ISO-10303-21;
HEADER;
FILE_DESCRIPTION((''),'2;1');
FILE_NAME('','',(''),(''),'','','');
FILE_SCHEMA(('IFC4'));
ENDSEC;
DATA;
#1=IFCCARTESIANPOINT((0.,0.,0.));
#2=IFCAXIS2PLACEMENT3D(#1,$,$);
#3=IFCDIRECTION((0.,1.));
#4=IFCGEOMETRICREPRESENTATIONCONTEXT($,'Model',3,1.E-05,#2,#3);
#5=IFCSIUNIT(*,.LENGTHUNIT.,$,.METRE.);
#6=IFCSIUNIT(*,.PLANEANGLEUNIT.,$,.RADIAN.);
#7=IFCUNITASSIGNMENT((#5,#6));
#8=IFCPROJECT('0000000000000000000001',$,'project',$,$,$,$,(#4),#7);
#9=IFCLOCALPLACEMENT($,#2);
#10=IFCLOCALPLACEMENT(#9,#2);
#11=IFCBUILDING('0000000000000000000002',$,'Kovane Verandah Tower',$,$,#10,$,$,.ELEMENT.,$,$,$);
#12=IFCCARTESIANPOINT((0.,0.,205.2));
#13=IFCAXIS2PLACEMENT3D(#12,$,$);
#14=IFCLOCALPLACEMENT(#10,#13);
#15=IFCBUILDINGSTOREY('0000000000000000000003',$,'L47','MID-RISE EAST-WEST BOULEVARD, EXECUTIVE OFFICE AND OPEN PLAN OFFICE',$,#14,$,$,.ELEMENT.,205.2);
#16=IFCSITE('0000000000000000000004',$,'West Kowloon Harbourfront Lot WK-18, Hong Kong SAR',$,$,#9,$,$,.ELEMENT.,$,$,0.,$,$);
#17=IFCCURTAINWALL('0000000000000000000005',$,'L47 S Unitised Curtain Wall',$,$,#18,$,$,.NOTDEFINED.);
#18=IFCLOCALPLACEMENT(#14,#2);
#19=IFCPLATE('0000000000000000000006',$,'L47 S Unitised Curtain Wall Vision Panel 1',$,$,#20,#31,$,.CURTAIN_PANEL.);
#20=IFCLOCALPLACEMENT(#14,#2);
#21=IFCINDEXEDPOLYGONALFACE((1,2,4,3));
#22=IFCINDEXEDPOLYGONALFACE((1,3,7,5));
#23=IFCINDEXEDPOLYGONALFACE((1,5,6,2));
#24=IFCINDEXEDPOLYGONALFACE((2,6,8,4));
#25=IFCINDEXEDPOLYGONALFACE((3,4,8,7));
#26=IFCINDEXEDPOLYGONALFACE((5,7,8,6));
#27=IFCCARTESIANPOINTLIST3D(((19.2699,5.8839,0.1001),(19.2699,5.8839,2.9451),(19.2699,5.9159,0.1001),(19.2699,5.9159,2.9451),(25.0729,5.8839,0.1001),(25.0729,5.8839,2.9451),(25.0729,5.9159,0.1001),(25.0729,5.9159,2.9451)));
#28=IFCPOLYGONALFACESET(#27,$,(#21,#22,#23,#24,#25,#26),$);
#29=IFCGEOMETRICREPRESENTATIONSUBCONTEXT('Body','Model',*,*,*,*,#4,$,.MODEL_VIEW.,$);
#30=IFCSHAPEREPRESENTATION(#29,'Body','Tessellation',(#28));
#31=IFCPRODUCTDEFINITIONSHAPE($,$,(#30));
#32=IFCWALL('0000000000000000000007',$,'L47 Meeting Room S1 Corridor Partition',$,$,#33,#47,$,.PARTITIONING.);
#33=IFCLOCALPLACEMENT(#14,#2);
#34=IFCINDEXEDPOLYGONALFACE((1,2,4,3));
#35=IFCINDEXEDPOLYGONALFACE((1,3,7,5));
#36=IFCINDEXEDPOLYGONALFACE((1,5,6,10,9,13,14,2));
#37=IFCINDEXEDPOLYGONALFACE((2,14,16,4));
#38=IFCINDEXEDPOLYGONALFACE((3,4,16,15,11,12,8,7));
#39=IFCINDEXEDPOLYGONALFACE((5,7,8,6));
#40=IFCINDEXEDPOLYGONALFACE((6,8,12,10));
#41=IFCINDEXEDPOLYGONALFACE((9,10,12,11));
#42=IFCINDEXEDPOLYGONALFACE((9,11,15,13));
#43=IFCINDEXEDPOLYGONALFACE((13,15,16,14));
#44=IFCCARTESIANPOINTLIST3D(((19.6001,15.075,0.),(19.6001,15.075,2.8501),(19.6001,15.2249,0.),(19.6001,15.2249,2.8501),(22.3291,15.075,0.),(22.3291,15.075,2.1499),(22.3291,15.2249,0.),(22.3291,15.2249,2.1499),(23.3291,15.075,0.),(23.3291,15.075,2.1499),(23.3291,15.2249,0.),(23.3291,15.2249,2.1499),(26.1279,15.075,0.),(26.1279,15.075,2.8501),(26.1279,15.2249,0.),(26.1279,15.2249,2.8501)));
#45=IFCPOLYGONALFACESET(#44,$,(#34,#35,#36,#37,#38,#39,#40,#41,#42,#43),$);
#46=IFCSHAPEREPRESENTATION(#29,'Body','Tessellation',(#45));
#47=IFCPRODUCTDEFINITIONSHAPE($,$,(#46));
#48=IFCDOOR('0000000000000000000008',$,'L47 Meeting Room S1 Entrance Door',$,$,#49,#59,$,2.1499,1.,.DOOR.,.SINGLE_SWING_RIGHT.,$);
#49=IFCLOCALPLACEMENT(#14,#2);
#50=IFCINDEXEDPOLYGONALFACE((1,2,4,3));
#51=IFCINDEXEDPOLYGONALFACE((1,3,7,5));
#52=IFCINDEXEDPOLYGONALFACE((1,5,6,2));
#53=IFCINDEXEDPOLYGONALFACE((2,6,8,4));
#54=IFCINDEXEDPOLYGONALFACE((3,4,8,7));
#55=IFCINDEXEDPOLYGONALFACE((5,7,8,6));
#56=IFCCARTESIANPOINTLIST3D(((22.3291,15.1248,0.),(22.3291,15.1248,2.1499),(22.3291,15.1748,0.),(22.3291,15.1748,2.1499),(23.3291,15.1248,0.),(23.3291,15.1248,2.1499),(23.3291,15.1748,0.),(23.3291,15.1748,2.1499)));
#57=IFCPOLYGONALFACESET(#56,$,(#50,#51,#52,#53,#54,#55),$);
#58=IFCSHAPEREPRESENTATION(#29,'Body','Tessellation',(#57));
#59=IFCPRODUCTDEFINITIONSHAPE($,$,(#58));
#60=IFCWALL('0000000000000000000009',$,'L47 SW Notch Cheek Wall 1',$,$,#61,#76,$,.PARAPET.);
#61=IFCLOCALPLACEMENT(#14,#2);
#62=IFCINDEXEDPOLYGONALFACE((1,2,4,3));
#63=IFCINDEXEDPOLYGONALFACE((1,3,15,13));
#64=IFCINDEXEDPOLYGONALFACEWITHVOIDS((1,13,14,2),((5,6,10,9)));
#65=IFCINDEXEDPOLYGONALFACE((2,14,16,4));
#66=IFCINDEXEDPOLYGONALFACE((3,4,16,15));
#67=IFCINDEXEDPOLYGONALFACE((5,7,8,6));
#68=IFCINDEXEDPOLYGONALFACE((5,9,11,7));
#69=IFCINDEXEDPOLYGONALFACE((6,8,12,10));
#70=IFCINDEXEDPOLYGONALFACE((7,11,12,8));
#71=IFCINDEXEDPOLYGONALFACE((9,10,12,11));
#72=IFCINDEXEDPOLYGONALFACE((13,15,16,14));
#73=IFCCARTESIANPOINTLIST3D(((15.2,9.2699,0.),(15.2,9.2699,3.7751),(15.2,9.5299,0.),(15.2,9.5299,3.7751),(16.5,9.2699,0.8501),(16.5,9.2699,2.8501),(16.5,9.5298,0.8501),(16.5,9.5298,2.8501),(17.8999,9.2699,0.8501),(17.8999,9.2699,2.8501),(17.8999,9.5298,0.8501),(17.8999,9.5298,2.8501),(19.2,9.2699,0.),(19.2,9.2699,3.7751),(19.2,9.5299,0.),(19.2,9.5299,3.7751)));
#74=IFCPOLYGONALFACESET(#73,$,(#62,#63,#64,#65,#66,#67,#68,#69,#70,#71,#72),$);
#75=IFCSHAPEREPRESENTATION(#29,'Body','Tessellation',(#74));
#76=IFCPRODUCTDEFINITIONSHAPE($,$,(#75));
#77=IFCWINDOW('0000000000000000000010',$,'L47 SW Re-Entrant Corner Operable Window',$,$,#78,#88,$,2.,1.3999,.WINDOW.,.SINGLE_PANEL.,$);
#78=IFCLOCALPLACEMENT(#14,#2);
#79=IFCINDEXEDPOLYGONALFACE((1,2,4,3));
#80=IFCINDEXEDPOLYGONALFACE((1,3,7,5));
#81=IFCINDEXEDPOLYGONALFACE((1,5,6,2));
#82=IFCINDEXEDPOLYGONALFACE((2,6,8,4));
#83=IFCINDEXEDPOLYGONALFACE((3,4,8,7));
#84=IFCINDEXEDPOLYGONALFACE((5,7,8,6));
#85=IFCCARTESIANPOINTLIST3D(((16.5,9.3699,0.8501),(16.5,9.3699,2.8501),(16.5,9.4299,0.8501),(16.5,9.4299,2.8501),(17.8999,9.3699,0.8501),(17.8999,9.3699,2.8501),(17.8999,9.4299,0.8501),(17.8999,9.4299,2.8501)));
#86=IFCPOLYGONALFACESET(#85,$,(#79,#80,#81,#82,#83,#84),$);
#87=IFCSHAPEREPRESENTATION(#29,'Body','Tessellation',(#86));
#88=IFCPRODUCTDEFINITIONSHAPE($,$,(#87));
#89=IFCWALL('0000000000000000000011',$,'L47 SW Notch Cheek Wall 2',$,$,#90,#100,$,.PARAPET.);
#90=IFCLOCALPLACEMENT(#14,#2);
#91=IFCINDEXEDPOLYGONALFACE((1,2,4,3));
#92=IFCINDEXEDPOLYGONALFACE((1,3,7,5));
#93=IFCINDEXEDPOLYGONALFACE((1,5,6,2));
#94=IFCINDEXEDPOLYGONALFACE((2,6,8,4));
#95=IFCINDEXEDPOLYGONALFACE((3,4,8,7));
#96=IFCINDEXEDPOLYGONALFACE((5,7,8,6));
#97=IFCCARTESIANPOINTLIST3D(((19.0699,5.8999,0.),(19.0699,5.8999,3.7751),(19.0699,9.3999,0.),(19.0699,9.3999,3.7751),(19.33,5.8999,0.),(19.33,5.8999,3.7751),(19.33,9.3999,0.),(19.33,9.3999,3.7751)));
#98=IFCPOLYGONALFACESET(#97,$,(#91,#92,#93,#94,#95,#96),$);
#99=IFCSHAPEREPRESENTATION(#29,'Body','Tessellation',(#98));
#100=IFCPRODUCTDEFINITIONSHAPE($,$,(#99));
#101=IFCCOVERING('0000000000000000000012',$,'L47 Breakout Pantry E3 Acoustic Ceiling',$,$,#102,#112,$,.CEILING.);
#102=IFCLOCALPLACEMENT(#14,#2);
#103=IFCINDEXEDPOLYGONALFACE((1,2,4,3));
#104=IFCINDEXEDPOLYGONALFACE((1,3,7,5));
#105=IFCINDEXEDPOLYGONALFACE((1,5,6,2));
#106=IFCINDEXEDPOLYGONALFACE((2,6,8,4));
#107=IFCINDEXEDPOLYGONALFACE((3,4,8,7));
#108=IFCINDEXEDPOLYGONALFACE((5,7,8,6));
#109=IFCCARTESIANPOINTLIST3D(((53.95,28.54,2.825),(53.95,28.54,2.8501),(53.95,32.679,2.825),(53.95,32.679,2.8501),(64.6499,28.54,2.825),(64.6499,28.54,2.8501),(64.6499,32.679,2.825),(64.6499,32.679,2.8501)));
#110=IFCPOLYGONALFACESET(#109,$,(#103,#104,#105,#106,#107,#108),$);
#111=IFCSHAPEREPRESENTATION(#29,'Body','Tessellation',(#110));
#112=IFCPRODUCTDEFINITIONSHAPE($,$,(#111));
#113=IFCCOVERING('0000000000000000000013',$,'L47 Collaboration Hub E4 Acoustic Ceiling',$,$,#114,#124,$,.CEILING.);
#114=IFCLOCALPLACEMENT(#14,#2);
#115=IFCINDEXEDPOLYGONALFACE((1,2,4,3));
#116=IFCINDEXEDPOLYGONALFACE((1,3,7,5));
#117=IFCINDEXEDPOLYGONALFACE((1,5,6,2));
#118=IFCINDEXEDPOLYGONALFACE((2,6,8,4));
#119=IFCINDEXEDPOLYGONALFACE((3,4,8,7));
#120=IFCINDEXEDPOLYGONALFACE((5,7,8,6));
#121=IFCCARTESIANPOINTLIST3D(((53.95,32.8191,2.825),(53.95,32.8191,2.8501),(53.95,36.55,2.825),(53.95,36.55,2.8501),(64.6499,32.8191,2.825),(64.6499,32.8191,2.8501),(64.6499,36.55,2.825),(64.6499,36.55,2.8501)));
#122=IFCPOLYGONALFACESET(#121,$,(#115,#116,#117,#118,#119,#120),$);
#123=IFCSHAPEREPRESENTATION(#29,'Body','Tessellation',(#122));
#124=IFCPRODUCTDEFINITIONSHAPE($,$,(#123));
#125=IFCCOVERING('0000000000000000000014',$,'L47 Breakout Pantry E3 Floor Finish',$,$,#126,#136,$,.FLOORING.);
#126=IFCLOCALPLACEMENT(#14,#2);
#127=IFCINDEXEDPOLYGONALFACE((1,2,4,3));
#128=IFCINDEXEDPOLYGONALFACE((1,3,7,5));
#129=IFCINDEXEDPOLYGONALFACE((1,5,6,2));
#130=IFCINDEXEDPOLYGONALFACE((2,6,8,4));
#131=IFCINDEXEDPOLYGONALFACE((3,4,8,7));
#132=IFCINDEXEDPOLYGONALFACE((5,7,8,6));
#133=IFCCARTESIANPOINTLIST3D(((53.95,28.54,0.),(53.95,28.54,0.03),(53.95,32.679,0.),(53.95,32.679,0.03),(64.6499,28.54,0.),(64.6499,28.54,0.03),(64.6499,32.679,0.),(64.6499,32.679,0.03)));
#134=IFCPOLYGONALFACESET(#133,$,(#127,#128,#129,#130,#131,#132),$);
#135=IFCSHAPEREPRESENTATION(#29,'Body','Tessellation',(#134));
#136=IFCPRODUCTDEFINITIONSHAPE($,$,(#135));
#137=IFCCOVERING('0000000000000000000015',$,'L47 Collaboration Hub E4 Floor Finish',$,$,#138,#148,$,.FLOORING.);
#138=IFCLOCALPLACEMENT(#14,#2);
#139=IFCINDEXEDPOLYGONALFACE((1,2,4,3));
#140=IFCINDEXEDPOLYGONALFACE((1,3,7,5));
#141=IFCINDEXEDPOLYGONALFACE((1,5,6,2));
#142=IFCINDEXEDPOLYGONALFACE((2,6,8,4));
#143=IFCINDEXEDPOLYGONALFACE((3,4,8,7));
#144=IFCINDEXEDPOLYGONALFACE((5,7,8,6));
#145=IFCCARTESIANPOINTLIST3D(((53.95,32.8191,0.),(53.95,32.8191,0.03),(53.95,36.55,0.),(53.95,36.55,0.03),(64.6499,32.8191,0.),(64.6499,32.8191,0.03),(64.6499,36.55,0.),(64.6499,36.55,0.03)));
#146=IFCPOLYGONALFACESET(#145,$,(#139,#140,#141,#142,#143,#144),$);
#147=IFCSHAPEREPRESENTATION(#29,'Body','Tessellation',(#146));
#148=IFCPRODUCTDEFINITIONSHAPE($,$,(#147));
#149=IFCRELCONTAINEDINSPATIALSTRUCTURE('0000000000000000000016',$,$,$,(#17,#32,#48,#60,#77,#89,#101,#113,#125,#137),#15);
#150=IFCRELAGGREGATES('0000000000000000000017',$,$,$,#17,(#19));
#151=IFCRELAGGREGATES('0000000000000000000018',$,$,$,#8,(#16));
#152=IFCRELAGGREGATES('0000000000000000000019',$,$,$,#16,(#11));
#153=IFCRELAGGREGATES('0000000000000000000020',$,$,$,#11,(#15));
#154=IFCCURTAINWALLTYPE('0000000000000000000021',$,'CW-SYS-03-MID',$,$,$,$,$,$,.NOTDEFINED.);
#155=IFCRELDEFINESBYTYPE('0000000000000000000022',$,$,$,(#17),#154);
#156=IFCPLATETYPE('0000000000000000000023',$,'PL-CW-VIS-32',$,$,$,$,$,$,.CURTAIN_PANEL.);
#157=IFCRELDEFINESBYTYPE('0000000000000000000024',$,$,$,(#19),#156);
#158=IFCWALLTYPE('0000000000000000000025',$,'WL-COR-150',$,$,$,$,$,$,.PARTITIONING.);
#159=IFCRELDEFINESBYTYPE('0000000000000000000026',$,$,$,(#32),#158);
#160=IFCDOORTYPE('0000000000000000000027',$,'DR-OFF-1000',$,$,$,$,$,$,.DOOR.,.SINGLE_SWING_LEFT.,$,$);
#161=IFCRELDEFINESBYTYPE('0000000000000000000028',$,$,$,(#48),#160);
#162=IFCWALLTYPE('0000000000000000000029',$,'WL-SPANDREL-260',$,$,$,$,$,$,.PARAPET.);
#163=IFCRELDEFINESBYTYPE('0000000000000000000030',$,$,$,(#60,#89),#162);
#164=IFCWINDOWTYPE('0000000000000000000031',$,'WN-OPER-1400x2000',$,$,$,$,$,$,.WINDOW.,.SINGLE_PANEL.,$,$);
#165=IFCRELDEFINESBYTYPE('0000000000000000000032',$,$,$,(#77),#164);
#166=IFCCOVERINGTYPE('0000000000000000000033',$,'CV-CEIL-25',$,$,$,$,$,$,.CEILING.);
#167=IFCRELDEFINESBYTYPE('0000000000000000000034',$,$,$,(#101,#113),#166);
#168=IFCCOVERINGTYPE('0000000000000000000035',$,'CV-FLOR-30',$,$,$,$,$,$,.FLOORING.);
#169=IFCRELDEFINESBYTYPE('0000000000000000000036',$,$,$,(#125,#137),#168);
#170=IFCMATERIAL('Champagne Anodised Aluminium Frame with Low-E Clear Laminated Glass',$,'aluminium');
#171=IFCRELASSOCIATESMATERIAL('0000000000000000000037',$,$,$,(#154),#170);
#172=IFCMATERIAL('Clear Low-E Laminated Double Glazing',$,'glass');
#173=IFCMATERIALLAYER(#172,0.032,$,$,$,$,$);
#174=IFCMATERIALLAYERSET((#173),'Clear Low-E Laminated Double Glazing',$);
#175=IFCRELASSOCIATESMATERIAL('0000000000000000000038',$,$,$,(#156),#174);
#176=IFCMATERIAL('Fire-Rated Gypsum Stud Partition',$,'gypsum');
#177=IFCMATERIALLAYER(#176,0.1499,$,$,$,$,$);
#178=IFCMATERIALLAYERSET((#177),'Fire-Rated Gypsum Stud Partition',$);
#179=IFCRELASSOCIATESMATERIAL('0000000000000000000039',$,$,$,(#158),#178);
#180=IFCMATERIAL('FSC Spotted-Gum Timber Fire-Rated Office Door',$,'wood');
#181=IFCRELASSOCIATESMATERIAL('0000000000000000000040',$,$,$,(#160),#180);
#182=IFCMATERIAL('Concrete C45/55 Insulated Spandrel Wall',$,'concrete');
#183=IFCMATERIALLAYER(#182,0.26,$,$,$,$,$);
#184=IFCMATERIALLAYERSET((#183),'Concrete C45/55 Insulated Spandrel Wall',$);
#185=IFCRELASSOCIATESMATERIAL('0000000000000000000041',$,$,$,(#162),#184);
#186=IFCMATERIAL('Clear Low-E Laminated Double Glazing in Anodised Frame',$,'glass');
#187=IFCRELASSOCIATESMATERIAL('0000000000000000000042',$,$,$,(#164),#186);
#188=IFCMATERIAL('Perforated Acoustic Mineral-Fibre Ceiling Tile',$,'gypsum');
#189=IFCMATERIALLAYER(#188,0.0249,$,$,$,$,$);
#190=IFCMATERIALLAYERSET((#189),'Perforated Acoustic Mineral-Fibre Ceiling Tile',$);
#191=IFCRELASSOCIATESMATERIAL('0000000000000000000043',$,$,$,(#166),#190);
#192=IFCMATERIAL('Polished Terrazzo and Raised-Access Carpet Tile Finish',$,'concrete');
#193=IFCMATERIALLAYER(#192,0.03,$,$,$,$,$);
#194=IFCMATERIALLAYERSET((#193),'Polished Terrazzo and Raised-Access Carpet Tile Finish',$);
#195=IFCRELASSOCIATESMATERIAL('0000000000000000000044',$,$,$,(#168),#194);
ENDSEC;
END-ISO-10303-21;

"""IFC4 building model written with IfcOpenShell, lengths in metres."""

from ifc_helpers import new_model, si_unit, direction, frame, frame_2d, origin, origin_2d, place, context, subcontext, project, spatial, polyline, rectangle, outline, extrude, material, layer, layer_set, type_object, element, fill, aggregate, save


model = new_model("IFC4")

# Units and contexts
model_context = context("Model", 3, precision=1e-05, world=origin(), true_north=direction((0.0, 1.0)))
body_context = subcontext(model_context, "Body", "Model", "MODEL_VIEW")
ifc_project = project(units=[si_unit("LENGTHUNIT", "METRE"), si_unit("PLANEANGLEUNIT", "RADIAN")], contexts=[model_context])

# Site, building, storey
site_placement = place(None, origin())
site = spatial("IfcSite", under=ifc_project, at=site_placement, Name="West Kowloon Harbourfront Lot WK-18, Hong Kong SAR", CompositionType="ELEMENT", RefElevation=0.0)
building_placement = place(site_placement, origin())
building = spatial("IfcBuilding", under=site, at=building_placement, Name="Kovane Verandah Tower", CompositionType="ELEMENT")
storey_placement = place(building_placement, frame((0.0, 0.0, 205.2)))
storey = spatial("IfcBuildingStorey", under=building, at=storey_placement, Name="L47", Description="MID-RISE EAST-WEST BOULEVARD, EXECUTIVE OFFICE AND OPEN PLAN OFFICE", CompositionType="ELEMENT", Elevation=205.2)

# Curtain wall
ifc_material_1 = material(Name="Champagne Anodised Aluminium Frame with Low-E Clear Laminated Glass", Category="aluminium")
curtain_wall_type = type_object("IfcCurtainWallType", Name="CW-SYS-03-MID", PredefinedType="NOTDEFINED", material=ifc_material_1)
curtain_wall_placement = place(storey_placement, origin())
curtain_wall = element("IfcCurtainWall", 1, at=curtain_wall_placement, inside=storey, type_object=curtain_wall_type, Name="L47 S Unitised Curtain Wall", PredefinedType="NOTDEFINED")

# Plate
ifc_material_2 = material(Name="Clear Low-E Laminated Double Glazing", Category="glass")
ifc_layer_1 = layer(ifc_material_2, 0.032)
ifc_layer_set_1 = layer_set([ifc_layer_1], Name="Clear Low-E Laminated Double Glazing")
plate_type_1 = type_object("IfcPlateType", Name="PL-CW-VIS-32", PredefinedType="CURTAIN_PANEL", material=ifc_layer_set_1)
plate_1_placement = place(storey_placement, frame((22.1714, 5.8999, 0.1001), z_axis=(0.0, 0.0, 1.0), x_axis=(1.0, 0.0, 0.0)))
plate_1 = element("IfcPlate", 2, at=plate_1_placement, type_object=plate_type_1, Name="L47 S Unitised Curtain Wall Vision Panel 1", PredefinedType="CURTAIN_PANEL", context=body_context, shape_type="SweptSolid", body=[
    extrude(rectangle(XDim=5.803, YDim=0.032, at=origin_2d()), origin(), (0.0, 0.0, 1.0), 2.845),
])
aggregate(curtain_wall, [plate_1])

# Wall, opening, door
ifc_material_3 = material(Name="Fire-Rated Gypsum Stud Partition", Category="gypsum")
ifc_layer_2 = layer(ifc_material_3, 0.1499)
ifc_layer_set_2 = layer_set([ifc_layer_2], Name="Fire-Rated Gypsum Stud Partition")
wall_type_1 = type_object("IfcWallType", Name="WL-COR-150", PredefinedType="PARTITIONING", material=ifc_layer_set_2)
wall_1_placement = place(storey_placement, frame((19.6001, 15.1499, 0.0), z_axis=(0.0, 0.0, 1.0), x_axis=(1.0, 0.0, 0.0)))
wall_1 = element("IfcWall", 3, at=wall_1_placement, inside=storey, type_object=wall_type_1, Name="L47 Meeting Room S1 Corridor Partition", PredefinedType="PARTITIONING", context=body_context, shape_type="SweptSolid", body=[
    extrude(rectangle(XDim=6.5278, YDim=0.1499, at=frame_2d((3.2639, 0.0))), origin(), (0.0, 0.0, 1.0), 2.8501),
])
opening_1_placement = place(wall_1_placement, frame((2.729, 0.0, 0.0)))
opening_1 = element("IfcOpeningElement", 4, at=opening_1_placement, cuts=wall_1, PredefinedType="OPENING", context=body_context, shape_type="SweptSolid", body=[
    extrude(rectangle(XDim=1.0, YDim=2.1499, at=frame_2d((0.5, 1.075))), frame((0.0, 0.075, 0.0), z_axis=(0.0, -1.0, 0.0), x_axis=(1.0, 0.0, 0.0)), (0.0, 0.0, 1.0), 0.1499),
])
ifc_material_4 = material(Name="FSC Spotted-Gum Timber Fire-Rated Office Door", Category="wood")
door_type = type_object("IfcDoorType", Name="DR-OFF-1000", OperationType="SINGLE_SWING_LEFT", PredefinedType="DOOR", material=ifc_material_4)
door_placement = place(opening_1_placement, origin())
door = element("IfcDoor", 5, at=door_placement, inside=storey, type_object=door_type, Name="L47 Meeting Room S1 Entrance Door", OperationType="SINGLE_SWING_RIGHT", OverallHeight=2.1499, OverallWidth=1.0, PredefinedType="DOOR", context=body_context, shape_type="SweptSolid", body=[
    extrude(rectangle(XDim=1.0, YDim=2.1499, at=frame_2d((0.5, 1.075))), frame((0.0, 0.0249, 0.0), z_axis=(0.0, -1.0, 0.0), x_axis=(1.0, 0.0, 0.0)), (0.0, 0.0, 1.0), 0.05),
])
fill(opening_1, door)

# Wall, opening, window
ifc_material_5 = material(Name="Concrete C45/55 Insulated Spandrel Wall", Category="concrete")
ifc_layer_3 = layer(ifc_material_5, 0.26)
ifc_layer_set_3 = layer_set([ifc_layer_3], Name="Concrete C45/55 Insulated Spandrel Wall")
wall_type_2 = type_object("IfcWallType", Name="WL-SPANDREL-260", PredefinedType="PARAPET", material=ifc_layer_set_3)
wall_2_placement = place(storey_placement, frame((15.2, 9.3999, 0.0), z_axis=(0.0, 0.0, 1.0), x_axis=(1.0, 0.0, 0.0)))
wall_2 = element("IfcWall", 6, at=wall_2_placement, inside=storey, type_object=wall_type_2, Name="L47 SW Notch Cheek Wall 1", PredefinedType="PARAPET", context=body_context, shape_type="SweptSolid", body=[
    extrude(rectangle(XDim=4.0, YDim=0.26, at=frame_2d((2.0, 0.0))), origin(), (0.0, 0.0, 1.0), 3.7751),
])
opening_2_placement = place(wall_2_placement, frame((1.3, 0.0, 0.8501)))
opening_2 = element("IfcOpeningElement", 7, at=opening_2_placement, cuts=wall_2, PredefinedType="OPENING", context=body_context, shape_type="SweptSolid", body=[
    extrude(rectangle(XDim=1.3999, YDim=2.0, at=frame_2d((0.7, 1.0))), frame((0.0, 0.1299, 0.0), z_axis=(0.0, -1.0, 0.0), x_axis=(1.0, 0.0, 0.0)), (0.0, 0.0, 1.0), 0.26),
])
ifc_material_6 = material(Name="Clear Low-E Laminated Double Glazing in Anodised Frame", Category="glass")
window_type = type_object("IfcWindowType", Name="WN-OPER-1400x2000", PartitioningType="SINGLE_PANEL", PredefinedType="WINDOW", material=ifc_material_6)
window_placement = place(opening_2_placement, origin())
window = element("IfcWindow", 8, at=window_placement, inside=storey, type_object=window_type, Name="L47 SW Re-Entrant Corner Operable Window", OverallHeight=2.0, OverallWidth=1.3999, PartitioningType="SINGLE_PANEL", PredefinedType="WINDOW", context=body_context, shape_type="SweptSolid", body=[
    extrude(rectangle(XDim=1.3999, YDim=2.0, at=frame_2d((0.7, 1.0))), frame((0.0, 0.03, 0.0), z_axis=(0.0, -1.0, 0.0), x_axis=(1.0, 0.0, 0.0)), (0.0, 0.0, 1.0), 0.0601),
])
fill(opening_2, window)

# Wall
wall_3_placement = place(storey_placement, frame((19.2, 9.3999, 0.0), z_axis=(0.0, 0.0, 1.0), x_axis=(0.0, -1.0, 0.0)))
element("IfcWall", 9, at=wall_3_placement, inside=storey, type_object=wall_type_2, Name="L47 SW Notch Cheek Wall 2", PredefinedType="PARAPET", context=body_context, shape_type="SweptSolid", body=[
    extrude(rectangle(XDim=3.5, YDim=0.26, at=frame_2d((1.75, 0.0))), origin(), (0.0, 0.0, 1.0), 3.7751),
])

# Coverings
ifc_material_7 = material(Name="Perforated Acoustic Mineral-Fibre Ceiling Tile", Category="gypsum")
ifc_layer_4 = layer(ifc_material_7, 0.0249)
ifc_layer_set_4 = layer_set([ifc_layer_4], Name="Perforated Acoustic Mineral-Fibre Ceiling Tile")
covering_type_1 = type_object("IfcCoveringType", Name="CV-CEIL-25", PredefinedType="CEILING", material=ifc_layer_set_4)
covering_1_placement = place(storey_placement, frame((0.0, 0.0, 2.825)))
element("IfcCovering", 10, at=covering_1_placement, inside=storey, type_object=covering_type_1, Name="L47 Breakout Pantry E3 Acoustic Ceiling", PredefinedType="CEILING", context=body_context, shape_type="SweptSolid", body=[
    extrude(outline(polyline([(53.95, 28.54), (64.6499, 28.54), (64.6499, 32.679), (53.95, 32.679), (53.95, 28.54)])), origin(), (0.0, 0.0, 1.0), 0.0251),
])
covering_2_placement = place(storey_placement, frame((0.0, 0.0, 2.825)))
element("IfcCovering", 11, at=covering_2_placement, inside=storey, type_object=covering_type_1, Name="L47 Collaboration Hub E4 Acoustic Ceiling", PredefinedType="CEILING", context=body_context, shape_type="SweptSolid", body=[
    extrude(outline(polyline([(53.95, 32.8191), (64.6499, 32.8191), (64.6499, 36.55), (53.95, 36.55), (53.95, 32.8191)])), origin(), (0.0, 0.0, 1.0), 0.0251),
])
ifc_material_8 = material(Name="Polished Terrazzo and Raised-Access Carpet Tile Finish", Category="concrete")
ifc_layer_5 = layer(ifc_material_8, 0.03)
ifc_layer_set_5 = layer_set([ifc_layer_5], Name="Polished Terrazzo and Raised-Access Carpet Tile Finish")
covering_type_2 = type_object("IfcCoveringType", Name="CV-FLOR-30", PredefinedType="FLOORING", material=ifc_layer_set_5)
covering_3_placement = place(storey_placement, origin())
element("IfcCovering", 12, at=covering_3_placement, inside=storey, type_object=covering_type_2, Name="L47 Breakout Pantry E3 Floor Finish", PredefinedType="FLOORING", context=body_context, shape_type="SweptSolid", body=[
    extrude(outline(polyline([(53.95, 28.54), (64.6499, 28.54), (64.6499, 32.679), (53.95, 32.679), (53.95, 28.54)])), origin(), (0.0, 0.0, 1.0), 0.03),
])
covering_4_placement = place(storey_placement, origin())
element("IfcCovering", 13, at=covering_4_placement, inside=storey, type_object=covering_type_2, Name="L47 Collaboration Hub E4 Floor Finish", PredefinedType="FLOORING", context=body_context, shape_type="SweptSolid", body=[
    extrude(outline(polyline([(53.95, 32.8191), (64.6499, 32.8191), (64.6499, 36.55), (53.95, 36.55), (53.95, 32.8191)])), origin(), (0.0, 0.0, 1.0), 0.03),
])

save(model, "model.ifc")
